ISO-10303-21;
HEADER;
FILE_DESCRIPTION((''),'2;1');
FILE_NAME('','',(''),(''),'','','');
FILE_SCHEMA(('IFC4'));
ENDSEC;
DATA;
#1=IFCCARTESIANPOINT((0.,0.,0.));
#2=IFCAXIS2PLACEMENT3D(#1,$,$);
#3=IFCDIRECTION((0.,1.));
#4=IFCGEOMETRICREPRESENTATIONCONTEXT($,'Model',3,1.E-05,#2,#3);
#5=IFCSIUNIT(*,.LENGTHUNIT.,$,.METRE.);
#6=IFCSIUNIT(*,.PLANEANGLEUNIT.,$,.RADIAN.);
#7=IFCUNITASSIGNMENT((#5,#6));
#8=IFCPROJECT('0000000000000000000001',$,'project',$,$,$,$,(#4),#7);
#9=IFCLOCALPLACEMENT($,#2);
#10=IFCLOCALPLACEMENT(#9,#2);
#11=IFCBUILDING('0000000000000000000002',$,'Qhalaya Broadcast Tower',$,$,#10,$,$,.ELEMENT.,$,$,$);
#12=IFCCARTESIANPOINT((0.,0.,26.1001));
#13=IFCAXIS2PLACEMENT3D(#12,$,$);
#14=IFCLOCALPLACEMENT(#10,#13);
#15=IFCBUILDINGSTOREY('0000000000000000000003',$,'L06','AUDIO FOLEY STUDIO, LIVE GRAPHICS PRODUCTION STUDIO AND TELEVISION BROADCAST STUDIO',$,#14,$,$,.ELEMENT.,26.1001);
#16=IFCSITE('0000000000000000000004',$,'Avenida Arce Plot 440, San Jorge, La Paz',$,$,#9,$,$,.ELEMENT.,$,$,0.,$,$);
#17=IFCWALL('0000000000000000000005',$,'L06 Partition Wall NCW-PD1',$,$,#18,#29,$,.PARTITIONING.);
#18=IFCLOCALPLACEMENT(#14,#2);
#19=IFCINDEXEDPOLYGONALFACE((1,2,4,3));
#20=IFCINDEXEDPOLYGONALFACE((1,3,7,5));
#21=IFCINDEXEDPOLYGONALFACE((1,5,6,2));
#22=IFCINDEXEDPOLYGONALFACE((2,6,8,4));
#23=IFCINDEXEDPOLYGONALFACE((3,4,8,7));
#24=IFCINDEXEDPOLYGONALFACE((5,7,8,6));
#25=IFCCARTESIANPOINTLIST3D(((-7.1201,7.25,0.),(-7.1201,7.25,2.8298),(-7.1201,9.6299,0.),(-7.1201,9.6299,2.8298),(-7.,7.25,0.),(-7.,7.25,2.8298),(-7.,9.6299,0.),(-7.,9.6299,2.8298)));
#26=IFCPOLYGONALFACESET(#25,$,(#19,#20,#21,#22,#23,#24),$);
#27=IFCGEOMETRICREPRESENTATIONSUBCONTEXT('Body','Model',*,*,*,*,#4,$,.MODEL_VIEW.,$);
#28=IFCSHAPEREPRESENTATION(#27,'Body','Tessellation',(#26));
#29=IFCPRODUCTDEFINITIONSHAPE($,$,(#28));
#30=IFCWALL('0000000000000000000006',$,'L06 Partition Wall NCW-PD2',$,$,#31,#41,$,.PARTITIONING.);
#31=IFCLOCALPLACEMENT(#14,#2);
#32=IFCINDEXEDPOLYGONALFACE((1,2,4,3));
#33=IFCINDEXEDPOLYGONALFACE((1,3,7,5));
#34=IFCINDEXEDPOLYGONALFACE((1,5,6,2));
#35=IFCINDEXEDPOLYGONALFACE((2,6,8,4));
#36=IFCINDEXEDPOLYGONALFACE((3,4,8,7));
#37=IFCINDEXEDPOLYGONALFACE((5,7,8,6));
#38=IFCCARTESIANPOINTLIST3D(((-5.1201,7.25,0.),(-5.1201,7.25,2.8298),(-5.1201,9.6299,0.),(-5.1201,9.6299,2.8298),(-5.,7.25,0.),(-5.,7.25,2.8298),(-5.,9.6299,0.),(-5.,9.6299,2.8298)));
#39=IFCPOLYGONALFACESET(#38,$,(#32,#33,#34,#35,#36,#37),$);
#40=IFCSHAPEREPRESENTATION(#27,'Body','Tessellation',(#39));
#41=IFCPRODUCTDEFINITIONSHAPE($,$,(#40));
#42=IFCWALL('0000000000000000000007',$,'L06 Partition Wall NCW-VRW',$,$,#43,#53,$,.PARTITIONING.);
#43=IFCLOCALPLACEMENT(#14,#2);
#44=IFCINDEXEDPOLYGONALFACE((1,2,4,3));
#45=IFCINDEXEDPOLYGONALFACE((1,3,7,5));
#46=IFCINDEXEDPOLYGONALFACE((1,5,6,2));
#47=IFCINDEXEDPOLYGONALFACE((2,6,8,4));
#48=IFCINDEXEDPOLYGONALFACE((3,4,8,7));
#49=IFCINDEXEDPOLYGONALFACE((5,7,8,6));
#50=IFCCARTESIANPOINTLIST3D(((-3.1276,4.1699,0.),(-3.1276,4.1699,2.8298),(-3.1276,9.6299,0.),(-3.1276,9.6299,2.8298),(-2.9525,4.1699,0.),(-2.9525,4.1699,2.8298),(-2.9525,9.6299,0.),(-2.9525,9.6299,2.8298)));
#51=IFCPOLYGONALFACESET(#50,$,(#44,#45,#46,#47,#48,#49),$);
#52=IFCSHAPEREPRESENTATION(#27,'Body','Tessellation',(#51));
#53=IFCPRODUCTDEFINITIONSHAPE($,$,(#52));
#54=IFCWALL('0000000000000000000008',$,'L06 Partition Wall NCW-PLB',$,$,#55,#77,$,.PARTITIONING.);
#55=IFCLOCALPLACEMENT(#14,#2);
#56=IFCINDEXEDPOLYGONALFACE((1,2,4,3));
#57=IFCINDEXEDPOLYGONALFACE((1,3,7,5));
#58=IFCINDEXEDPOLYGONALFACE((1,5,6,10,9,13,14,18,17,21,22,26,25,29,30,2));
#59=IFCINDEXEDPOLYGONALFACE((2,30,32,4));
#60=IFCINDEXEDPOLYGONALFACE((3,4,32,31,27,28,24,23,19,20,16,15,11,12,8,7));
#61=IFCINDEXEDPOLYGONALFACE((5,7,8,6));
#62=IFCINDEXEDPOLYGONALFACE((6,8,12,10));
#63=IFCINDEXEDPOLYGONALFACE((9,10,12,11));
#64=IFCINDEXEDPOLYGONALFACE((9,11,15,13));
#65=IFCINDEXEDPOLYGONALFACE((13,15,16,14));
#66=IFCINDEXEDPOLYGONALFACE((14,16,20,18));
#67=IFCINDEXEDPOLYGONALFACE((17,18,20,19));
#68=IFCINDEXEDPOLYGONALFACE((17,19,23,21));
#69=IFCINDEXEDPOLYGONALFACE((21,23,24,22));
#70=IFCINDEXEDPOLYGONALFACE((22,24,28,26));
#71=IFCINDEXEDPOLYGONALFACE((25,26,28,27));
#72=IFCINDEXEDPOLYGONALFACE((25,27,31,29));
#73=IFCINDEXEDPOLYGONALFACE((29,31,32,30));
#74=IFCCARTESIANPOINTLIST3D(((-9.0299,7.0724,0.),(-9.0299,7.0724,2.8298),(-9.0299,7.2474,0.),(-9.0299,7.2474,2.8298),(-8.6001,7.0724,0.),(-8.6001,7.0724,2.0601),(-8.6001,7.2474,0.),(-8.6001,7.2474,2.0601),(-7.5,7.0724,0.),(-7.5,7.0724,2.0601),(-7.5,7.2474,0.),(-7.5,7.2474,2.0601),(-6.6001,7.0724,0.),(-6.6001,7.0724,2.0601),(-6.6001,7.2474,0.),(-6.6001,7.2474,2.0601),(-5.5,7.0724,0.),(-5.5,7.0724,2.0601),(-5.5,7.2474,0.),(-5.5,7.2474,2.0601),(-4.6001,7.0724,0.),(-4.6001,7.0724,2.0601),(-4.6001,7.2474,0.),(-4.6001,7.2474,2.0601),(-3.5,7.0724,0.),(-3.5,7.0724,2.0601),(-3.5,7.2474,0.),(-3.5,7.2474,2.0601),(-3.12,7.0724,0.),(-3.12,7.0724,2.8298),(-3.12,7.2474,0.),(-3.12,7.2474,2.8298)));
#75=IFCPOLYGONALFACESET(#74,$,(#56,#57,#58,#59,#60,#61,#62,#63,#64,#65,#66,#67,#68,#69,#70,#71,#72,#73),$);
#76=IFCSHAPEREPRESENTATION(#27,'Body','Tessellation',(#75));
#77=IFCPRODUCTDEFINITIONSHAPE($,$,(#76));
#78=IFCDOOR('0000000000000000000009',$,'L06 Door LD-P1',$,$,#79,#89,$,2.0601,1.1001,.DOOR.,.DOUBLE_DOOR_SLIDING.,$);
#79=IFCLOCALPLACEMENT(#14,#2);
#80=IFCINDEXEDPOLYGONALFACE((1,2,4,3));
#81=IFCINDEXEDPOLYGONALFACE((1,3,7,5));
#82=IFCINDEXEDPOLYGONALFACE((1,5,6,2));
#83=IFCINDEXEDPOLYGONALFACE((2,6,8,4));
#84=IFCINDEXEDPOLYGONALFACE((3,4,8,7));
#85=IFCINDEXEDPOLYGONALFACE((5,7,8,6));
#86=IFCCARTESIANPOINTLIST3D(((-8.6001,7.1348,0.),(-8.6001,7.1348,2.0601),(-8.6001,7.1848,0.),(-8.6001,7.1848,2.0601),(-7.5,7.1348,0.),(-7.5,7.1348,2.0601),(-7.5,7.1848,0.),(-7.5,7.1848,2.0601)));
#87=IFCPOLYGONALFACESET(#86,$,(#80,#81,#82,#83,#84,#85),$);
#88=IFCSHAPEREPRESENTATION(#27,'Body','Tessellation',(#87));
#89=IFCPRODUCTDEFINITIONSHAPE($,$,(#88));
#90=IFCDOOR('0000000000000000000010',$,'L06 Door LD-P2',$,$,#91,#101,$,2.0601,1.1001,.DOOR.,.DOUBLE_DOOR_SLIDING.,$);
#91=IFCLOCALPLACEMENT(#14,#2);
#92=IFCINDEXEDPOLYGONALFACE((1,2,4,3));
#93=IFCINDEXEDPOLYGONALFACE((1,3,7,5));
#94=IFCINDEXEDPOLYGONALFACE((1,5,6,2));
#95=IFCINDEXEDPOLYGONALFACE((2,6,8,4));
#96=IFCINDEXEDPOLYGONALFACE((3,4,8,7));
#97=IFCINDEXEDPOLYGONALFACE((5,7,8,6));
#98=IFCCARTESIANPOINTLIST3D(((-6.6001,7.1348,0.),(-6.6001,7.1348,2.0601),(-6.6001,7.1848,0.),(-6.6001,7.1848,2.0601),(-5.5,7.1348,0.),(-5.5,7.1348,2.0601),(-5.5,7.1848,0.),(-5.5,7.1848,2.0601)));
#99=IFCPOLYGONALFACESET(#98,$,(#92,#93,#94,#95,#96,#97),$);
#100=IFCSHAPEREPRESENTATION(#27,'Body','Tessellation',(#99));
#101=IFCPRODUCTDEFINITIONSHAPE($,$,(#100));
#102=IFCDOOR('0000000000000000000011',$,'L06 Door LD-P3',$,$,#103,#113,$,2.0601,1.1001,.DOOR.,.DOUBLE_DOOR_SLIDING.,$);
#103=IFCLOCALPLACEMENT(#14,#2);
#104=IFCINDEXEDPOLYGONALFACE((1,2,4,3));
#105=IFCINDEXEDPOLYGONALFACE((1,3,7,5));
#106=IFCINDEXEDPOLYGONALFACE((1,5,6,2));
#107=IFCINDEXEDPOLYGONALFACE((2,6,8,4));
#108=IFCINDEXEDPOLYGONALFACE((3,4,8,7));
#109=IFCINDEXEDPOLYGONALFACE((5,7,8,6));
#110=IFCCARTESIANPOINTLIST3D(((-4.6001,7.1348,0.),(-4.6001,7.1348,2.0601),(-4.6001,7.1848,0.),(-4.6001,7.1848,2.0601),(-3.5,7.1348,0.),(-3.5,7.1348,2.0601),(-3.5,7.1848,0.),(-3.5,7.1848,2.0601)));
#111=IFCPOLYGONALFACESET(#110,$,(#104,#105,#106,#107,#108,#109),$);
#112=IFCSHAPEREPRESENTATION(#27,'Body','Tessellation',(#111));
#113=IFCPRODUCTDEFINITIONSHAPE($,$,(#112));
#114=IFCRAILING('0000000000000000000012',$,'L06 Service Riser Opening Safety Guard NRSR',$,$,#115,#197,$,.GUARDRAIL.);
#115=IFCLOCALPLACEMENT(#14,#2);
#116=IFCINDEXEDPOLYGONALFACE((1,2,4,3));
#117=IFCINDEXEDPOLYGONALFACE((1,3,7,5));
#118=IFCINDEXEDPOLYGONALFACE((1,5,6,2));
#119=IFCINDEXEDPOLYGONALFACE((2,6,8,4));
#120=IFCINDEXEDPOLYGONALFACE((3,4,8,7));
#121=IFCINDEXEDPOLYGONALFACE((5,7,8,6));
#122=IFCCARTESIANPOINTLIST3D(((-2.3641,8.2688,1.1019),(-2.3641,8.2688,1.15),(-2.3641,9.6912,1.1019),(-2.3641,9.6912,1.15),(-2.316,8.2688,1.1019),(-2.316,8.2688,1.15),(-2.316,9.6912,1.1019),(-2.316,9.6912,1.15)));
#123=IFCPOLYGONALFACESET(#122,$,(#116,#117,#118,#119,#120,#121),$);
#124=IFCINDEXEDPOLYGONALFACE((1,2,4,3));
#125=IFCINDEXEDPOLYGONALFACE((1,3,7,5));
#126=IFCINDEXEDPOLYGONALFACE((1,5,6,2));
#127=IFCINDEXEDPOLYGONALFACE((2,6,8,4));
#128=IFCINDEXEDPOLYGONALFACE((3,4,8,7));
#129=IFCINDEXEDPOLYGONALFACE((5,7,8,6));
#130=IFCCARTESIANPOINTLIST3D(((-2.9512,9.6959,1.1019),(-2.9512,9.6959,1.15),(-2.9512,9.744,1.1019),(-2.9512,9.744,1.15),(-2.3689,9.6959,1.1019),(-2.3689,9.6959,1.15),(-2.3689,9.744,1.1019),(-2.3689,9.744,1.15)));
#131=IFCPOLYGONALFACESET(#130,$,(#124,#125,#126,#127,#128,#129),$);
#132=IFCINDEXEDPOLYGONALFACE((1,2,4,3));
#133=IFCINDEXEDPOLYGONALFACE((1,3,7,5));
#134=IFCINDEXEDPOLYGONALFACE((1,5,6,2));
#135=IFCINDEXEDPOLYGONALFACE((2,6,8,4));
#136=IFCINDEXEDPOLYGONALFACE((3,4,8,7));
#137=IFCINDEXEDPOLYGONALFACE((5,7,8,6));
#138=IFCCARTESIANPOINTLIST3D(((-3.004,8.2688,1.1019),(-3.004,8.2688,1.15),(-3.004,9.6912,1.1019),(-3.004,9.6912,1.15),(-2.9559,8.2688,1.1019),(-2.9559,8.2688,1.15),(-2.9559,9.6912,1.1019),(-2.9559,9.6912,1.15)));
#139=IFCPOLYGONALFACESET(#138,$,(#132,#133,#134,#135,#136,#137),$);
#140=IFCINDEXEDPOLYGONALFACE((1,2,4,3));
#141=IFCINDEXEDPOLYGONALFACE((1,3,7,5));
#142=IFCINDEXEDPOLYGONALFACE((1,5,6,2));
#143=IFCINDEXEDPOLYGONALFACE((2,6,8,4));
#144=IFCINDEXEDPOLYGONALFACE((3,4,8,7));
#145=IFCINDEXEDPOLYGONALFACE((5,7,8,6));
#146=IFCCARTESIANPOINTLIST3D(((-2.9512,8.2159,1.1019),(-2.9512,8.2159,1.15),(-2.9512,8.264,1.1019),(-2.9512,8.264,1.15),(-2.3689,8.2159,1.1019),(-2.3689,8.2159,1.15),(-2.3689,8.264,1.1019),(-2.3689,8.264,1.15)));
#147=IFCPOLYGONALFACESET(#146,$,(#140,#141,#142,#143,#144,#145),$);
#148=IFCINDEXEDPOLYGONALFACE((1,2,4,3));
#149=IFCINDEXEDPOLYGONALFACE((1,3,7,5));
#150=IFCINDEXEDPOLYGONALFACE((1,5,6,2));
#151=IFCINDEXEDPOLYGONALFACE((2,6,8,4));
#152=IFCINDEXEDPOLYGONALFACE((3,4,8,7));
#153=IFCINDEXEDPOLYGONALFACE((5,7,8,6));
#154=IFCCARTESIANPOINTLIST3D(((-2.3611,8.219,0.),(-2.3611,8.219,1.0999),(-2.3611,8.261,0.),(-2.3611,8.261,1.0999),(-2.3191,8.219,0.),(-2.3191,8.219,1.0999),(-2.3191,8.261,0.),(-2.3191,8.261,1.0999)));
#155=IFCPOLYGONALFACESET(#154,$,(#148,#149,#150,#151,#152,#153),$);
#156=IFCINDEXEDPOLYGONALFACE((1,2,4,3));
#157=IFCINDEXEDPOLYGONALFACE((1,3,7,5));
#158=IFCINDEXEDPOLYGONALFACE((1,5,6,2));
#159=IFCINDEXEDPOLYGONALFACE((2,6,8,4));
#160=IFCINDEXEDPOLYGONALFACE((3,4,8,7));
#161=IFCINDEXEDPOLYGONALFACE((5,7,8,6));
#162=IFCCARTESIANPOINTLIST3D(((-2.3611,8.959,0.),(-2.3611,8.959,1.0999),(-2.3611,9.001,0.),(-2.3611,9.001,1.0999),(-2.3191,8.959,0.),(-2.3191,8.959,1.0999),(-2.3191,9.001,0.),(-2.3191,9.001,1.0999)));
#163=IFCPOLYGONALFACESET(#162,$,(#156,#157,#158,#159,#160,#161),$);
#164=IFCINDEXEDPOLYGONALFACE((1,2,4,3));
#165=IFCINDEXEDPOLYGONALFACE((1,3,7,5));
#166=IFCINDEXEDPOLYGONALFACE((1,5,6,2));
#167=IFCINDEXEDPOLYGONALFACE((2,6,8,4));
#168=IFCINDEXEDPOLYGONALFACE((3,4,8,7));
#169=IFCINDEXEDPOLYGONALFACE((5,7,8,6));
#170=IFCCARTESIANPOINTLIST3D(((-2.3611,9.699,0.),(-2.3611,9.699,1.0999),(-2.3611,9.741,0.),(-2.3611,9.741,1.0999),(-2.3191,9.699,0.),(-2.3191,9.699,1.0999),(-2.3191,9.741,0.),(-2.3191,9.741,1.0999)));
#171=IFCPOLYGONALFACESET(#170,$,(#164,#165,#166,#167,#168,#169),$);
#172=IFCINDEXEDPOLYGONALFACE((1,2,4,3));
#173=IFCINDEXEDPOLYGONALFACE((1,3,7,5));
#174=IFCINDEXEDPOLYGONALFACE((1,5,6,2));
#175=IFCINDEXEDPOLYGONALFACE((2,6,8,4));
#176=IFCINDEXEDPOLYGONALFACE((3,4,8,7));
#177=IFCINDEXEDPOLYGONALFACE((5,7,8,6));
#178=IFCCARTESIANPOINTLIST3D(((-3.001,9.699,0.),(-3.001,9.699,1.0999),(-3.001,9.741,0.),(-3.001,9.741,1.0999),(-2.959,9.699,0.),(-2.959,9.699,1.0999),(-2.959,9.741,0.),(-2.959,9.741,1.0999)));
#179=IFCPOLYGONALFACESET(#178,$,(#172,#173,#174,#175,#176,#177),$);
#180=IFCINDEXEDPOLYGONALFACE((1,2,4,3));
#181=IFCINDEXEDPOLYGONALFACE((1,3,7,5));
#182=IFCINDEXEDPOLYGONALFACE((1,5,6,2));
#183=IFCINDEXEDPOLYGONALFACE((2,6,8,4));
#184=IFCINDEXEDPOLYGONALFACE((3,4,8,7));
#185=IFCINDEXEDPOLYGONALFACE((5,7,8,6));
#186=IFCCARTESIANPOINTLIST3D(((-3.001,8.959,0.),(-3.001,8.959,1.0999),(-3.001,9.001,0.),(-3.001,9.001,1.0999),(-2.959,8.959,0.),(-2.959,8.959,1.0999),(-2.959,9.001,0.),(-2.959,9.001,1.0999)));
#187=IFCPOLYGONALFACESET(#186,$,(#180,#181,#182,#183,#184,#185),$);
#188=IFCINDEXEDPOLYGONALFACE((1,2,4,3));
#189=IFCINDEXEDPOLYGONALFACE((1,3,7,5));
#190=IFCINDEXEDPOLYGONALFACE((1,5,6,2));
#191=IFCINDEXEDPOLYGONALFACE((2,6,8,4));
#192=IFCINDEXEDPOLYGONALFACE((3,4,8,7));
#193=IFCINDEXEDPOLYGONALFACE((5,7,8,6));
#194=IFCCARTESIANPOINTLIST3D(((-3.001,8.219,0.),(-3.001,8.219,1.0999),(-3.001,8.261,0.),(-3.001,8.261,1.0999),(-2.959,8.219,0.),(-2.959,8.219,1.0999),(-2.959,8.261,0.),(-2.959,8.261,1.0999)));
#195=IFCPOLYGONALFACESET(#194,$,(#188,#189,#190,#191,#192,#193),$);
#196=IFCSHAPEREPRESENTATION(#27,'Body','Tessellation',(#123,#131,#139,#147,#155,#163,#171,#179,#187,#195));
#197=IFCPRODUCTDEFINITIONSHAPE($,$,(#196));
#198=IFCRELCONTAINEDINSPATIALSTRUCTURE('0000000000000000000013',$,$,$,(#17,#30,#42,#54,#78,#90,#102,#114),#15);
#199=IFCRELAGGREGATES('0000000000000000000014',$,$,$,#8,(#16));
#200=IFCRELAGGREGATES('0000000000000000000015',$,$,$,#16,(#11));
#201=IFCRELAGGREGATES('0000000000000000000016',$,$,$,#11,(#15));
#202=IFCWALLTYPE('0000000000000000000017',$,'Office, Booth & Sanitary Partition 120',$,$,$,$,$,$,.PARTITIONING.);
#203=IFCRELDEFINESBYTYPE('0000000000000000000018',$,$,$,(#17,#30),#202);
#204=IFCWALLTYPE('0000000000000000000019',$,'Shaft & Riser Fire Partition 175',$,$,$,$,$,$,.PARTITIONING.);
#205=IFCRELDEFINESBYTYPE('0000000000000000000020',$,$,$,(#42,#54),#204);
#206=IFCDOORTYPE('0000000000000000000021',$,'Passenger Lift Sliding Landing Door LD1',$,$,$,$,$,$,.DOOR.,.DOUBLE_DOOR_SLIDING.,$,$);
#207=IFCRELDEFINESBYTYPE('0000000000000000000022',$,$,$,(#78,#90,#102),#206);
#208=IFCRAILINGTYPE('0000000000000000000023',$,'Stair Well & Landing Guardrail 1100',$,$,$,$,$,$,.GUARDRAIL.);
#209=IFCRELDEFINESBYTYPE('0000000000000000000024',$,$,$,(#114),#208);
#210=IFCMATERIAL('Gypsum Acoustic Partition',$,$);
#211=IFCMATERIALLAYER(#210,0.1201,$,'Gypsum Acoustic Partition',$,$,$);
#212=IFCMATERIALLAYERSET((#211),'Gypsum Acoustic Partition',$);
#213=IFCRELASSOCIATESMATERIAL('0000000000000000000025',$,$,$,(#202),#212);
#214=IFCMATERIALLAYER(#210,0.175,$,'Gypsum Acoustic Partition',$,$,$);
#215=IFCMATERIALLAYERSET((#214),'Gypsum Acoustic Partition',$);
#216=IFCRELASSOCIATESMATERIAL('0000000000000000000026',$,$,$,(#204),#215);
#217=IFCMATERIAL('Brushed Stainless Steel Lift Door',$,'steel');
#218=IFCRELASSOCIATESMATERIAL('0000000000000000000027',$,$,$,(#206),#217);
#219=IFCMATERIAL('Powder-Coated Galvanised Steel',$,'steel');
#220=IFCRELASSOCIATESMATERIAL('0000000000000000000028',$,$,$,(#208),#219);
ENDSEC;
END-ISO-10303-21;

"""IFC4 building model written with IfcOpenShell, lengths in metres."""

from ifc_helpers import new_model, si_unit, direction, frame, frame_2d, origin, origin_2d, place, context, subcontext, project, spatial, rectangle, extrude, material, layer, layer_set, type_object, element, fill, save


model = new_model("IFC4")

# Units and contexts
model_context = context("Model", 3, precision=1e-05, world=origin(), true_north=direction((0.0, 1.0)))
body_context = subcontext(model_context, "Body", "Model", "MODEL_VIEW")
ifc_project = project(units=[si_unit("LENGTHUNIT", "METRE"), si_unit("PLANEANGLEUNIT", "RADIAN")], contexts=[model_context])

# Site, building, storey
site_placement = place(None, origin())
site = spatial("IfcSite", under=ifc_project, at=site_placement, Name="Avenida Arce Plot 440, San Jorge, La Paz", CompositionType="ELEMENT", RefElevation=0.0)
building_placement = place(site_placement, origin())
building = spatial("IfcBuilding", under=site, at=building_placement, Name="Qhalaya Broadcast Tower", CompositionType="ELEMENT")
storey_placement = place(building_placement, frame((0.0, 0.0, 26.1001)))
storey = spatial("IfcBuildingStorey", under=building, at=storey_placement, Name="L06", Description="AUDIO FOLEY STUDIO, LIVE GRAPHICS PRODUCTION STUDIO AND TELEVISION BROADCAST STUDIO", CompositionType="ELEMENT", Elevation=26.1001)

# Shared definitions
ifc_material_1 = material(Name="Gypsum Acoustic Partition")

# Walls
ifc_layer_1 = layer(ifc_material_1, 0.1201, Name="Gypsum Acoustic Partition")
ifc_layer_set_1 = layer_set([ifc_layer_1], Name="Gypsum Acoustic Partition")
wall_type_1 = type_object("IfcWallType", Name="Office, Booth & Sanitary Partition 120", PredefinedType="PARTITIONING", material=ifc_layer_set_1)
for number, where, z_axis, x_axis, name in (
    (1, (-7.0601, 7.25, 0.0), (0.0, 0.0, 1.0), (0.0, 1.0, 0.0), "L06 Partition Wall NCW-PD1"),
    (2, (-5.0601, 7.25, 0.0), (0.0, 0.0, 1.0), (0.0, 1.0, 0.0), "L06 Partition Wall NCW-PD2"),
):
    element("IfcWall", number, at=place(storey_placement, frame(where, z_axis=z_axis, x_axis=x_axis)), inside=storey, type_object=wall_type_1, Name=name, PredefinedType="PARTITIONING", context=body_context, shape_type="SweptSolid", body=[
        extrude(rectangle(XDim=2.3799, YDim=0.1201, at=frame_2d((1.1899, 0.0))), origin(), (0.0, 0.0, 1.0), 2.8298),
    ])
ifc_layer_2 = layer(ifc_material_1, 0.175, Name="Gypsum Acoustic Partition")
ifc_layer_set_2 = layer_set([ifc_layer_2], Name="Gypsum Acoustic Partition")
wall_type_2 = type_object("IfcWallType", Name="Shaft & Riser Fire Partition 175", PredefinedType="PARTITIONING", material=ifc_layer_set_2)
wall_1_placement = place(storey_placement, frame((-3.04, 4.1699, 0.0), z_axis=(0.0, 0.0, 1.0), x_axis=(0.0, 1.0, 0.0)))
element("IfcWall", 3, at=wall_1_placement, inside=storey, type_object=wall_type_2, Name="L06 Partition Wall NCW-VRW", PredefinedType="PARTITIONING", context=body_context, shape_type="SweptSolid", body=[
    extrude(rectangle(XDim=5.46, YDim=0.175, at=frame_2d((2.73, 0.0))), origin(), (0.0, 0.0, 1.0), 2.8298),
])

# Wall, openings, doors
wall_2_placement = place(storey_placement, frame((-9.03, 7.1599, 0.0), z_axis=(0.0, 0.0, 1.0), x_axis=(1.0, 0.0, 0.0)))
wall_2 = element("IfcWall", 4, at=wall_2_placement, inside=storey, type_object=wall_type_2, Name="L06 Partition Wall NCW-PLB", PredefinedType="PARTITIONING", context=body_context, shape_type="SweptSolid", body=[
    extrude(rectangle(XDim=5.9099, YDim=0.175, at=frame_2d((2.9551, 0.0))), origin(), (0.0, 0.0, 1.0), 2.8298),
])
opening_1_placement = place(wall_2_placement, frame((0.4299, 0.0, 0.0)))
opening_1 = element("IfcOpeningElement", 5, at=opening_1_placement, cuts=wall_2, PredefinedType="OPENING", context=body_context, shape_type="SweptSolid", body=[
    extrude(rectangle(XDim=1.1001, YDim=2.0601, at=frame_2d((0.55, 1.03))), frame((0.0, 0.0996, 0.0), z_axis=(0.0, -1.0, 0.0), x_axis=(1.0, 0.0, 0.0)), (0.0, 0.0, 1.0), 0.199),
])
opening_2_placement = place(wall_2_placement, frame((2.4299, 0.0, 0.0)))
opening_2 = element("IfcOpeningElement", 6, at=opening_2_placement, cuts=wall_2, PredefinedType="OPENING", context=body_context, shape_type="SweptSolid", body=[
    extrude(rectangle(XDim=1.1001, YDim=2.0601, at=frame_2d((0.55, 1.03))), frame((0.0, 0.0996, 0.0), z_axis=(0.0, -1.0, 0.0), x_axis=(1.0, 0.0, 0.0)), (0.0, 0.0, 1.0), 0.199),
])
opening_3_placement = place(wall_2_placement, frame((4.4299, 0.0, 0.0)))
opening_3 = element("IfcOpeningElement", 7, at=opening_3_placement, cuts=wall_2, PredefinedType="OPENING", context=body_context, shape_type="SweptSolid", body=[
    extrude(rectangle(XDim=1.1001, YDim=2.0601, at=frame_2d((0.55, 1.03))), frame((0.0, 0.0996, 0.0), z_axis=(0.0, -1.0, 0.0), x_axis=(1.0, 0.0, 0.0)), (0.0, 0.0, 1.0), 0.199),
])
ifc_material_2 = material(Name="Brushed Stainless Steel Lift Door", Category="steel")
door_type_1 = type_object("IfcDoorType", Name="Passenger Lift Sliding Landing Door LD1", OperationType="DOUBLE_DOOR_SLIDING", PredefinedType="DOOR", material=ifc_material_2)
door_1_placement = place(opening_1_placement, origin())
door_1 = element("IfcDoor", 8, at=door_1_placement, inside=storey, type_object=door_type_1, Name="L06 Door LD-P1", OperationType="DOUBLE_DOOR_SLIDING", OverallHeight=2.0601, OverallWidth=1.1001, PredefinedType="DOOR", context=body_context, shape_type="SweptSolid", body=[
    extrude(rectangle(XDim=1.1001, YDim=2.0601, at=frame_2d((0.55, 1.03))), frame((0.0, 0.0249, 0.0), z_axis=(0.0, -1.0, 0.0), x_axis=(1.0, 0.0, 0.0)), (0.0, 0.0, 1.0), 0.05),
])
fill(opening_1, door_1)
door_2_placement = place(opening_2_placement, origin())
door_2 = element("IfcDoor", 9, at=door_2_placement, inside=storey, type_object=door_type_1, Name="L06 Door LD-P2", OperationType="DOUBLE_DOOR_SLIDING", OverallHeight=2.0601, OverallWidth=1.1001, PredefinedType="DOOR", context=body_context, shape_type="SweptSolid", body=[
    extrude(rectangle(XDim=1.1001, YDim=2.0601, at=frame_2d((0.55, 1.03))), frame((0.0, 0.0249, 0.0), z_axis=(0.0, -1.0, 0.0), x_axis=(1.0, 0.0, 0.0)), (0.0, 0.0, 1.0), 0.05),
])
fill(opening_2, door_2)
door_3_placement = place(opening_3_placement, origin())
door_3 = element("IfcDoor", 10, at=door_3_placement, inside=storey, type_object=door_type_1, Name="L06 Door LD-P3", OperationType="DOUBLE_DOOR_SLIDING", OverallHeight=2.0601, OverallWidth=1.1001, PredefinedType="DOOR", context=body_context, shape_type="SweptSolid", body=[
    extrude(rectangle(XDim=1.1001, YDim=2.0601, at=frame_2d((0.55, 1.03))), frame((0.0, 0.0249, 0.0), z_axis=(0.0, -1.0, 0.0), x_axis=(1.0, 0.0, 0.0)), (0.0, 0.0, 1.0), 0.05),
])
fill(opening_3, door_3)

# Railing
ifc_material_3 = material(Name="Powder-Coated Galvanised Steel", Category="steel")
railing_type = type_object("IfcRailingType", Name="Stair Well & Landing Guardrail 1100", PredefinedType="GUARDRAIL", material=ifc_material_3)
railing_placement = place(storey_placement, frame((-2.3401, 8.24, 0.0)))
element("IfcRailing", 11, at=railing_placement, inside=storey, type_object=railing_type, Name="L06 Service Riser Opening Safety Guard NRSR", PredefinedType="GUARDRAIL", context=body_context, shape_type="SweptSolid", body=[
    extrude(rectangle(XDim=0.0481, YDim=0.0481, at=origin_2d()), frame((0.0, 0.0288, 1.126), z_axis=(0.0, 1.0, 0.0), x_axis=(-1.0, 0.0, 0.0)), (0.0, 0.0, 1.0), 1.4224),
    extrude(rectangle(XDim=0.0481, YDim=0.0481, at=origin_2d()), frame((-0.0288, 1.48, 1.126), z_axis=(-1.0, 0.0, 0.0), x_axis=(0.0, -1.0, 0.0)), (0.0, 0.0, 1.0), 0.5823),
    extrude(rectangle(XDim=0.0481, YDim=0.0481, at=origin_2d()), frame((-0.6399, 1.4512, 1.126), z_axis=(0.0, -1.0, 0.0), x_axis=(1.0, 0.0, 0.0)), (0.0, 0.0, 1.0), 1.4224),
    extrude(rectangle(XDim=0.0481, YDim=0.0481, at=origin_2d()), frame((-0.6111, 0.0, 1.126), z_axis=(1.0, 0.0, 0.0), x_axis=(0.0, 1.0, 0.0)), (0.0, 0.0, 1.0), 0.5823),
    extrude(rectangle(XDim=0.042, YDim=0.042, at=origin_2d()), origin(), (0.0, 0.0, 1.0), 1.0999),
    extrude(rectangle(XDim=0.042, YDim=0.042, at=origin_2d()), frame((0.0, 0.74, 0.0)), (0.0, 0.0, 1.0), 1.0999),
    extrude(rectangle(XDim=0.042, YDim=0.042, at=origin_2d()), frame((0.0, 1.48, 0.0)), (0.0, 0.0, 1.0), 1.0999),
    extrude(rectangle(XDim=0.042, YDim=0.042, at=origin_2d()), frame((-0.6399, 1.48, 0.0)), (0.0, 0.0, 1.0), 1.0999),
    extrude(rectangle(XDim=0.042, YDim=0.042, at=origin_2d()), frame((-0.6399, 0.74, 0.0)), (0.0, 0.0, 1.0), 1.0999),
    extrude(rectangle(XDim=0.042, YDim=0.042, at=origin_2d()), frame((-0.6399, 0.0, 0.0)), (0.0, 0.0, 1.0), 1.0999),
])

save(model, "model.ifc")
